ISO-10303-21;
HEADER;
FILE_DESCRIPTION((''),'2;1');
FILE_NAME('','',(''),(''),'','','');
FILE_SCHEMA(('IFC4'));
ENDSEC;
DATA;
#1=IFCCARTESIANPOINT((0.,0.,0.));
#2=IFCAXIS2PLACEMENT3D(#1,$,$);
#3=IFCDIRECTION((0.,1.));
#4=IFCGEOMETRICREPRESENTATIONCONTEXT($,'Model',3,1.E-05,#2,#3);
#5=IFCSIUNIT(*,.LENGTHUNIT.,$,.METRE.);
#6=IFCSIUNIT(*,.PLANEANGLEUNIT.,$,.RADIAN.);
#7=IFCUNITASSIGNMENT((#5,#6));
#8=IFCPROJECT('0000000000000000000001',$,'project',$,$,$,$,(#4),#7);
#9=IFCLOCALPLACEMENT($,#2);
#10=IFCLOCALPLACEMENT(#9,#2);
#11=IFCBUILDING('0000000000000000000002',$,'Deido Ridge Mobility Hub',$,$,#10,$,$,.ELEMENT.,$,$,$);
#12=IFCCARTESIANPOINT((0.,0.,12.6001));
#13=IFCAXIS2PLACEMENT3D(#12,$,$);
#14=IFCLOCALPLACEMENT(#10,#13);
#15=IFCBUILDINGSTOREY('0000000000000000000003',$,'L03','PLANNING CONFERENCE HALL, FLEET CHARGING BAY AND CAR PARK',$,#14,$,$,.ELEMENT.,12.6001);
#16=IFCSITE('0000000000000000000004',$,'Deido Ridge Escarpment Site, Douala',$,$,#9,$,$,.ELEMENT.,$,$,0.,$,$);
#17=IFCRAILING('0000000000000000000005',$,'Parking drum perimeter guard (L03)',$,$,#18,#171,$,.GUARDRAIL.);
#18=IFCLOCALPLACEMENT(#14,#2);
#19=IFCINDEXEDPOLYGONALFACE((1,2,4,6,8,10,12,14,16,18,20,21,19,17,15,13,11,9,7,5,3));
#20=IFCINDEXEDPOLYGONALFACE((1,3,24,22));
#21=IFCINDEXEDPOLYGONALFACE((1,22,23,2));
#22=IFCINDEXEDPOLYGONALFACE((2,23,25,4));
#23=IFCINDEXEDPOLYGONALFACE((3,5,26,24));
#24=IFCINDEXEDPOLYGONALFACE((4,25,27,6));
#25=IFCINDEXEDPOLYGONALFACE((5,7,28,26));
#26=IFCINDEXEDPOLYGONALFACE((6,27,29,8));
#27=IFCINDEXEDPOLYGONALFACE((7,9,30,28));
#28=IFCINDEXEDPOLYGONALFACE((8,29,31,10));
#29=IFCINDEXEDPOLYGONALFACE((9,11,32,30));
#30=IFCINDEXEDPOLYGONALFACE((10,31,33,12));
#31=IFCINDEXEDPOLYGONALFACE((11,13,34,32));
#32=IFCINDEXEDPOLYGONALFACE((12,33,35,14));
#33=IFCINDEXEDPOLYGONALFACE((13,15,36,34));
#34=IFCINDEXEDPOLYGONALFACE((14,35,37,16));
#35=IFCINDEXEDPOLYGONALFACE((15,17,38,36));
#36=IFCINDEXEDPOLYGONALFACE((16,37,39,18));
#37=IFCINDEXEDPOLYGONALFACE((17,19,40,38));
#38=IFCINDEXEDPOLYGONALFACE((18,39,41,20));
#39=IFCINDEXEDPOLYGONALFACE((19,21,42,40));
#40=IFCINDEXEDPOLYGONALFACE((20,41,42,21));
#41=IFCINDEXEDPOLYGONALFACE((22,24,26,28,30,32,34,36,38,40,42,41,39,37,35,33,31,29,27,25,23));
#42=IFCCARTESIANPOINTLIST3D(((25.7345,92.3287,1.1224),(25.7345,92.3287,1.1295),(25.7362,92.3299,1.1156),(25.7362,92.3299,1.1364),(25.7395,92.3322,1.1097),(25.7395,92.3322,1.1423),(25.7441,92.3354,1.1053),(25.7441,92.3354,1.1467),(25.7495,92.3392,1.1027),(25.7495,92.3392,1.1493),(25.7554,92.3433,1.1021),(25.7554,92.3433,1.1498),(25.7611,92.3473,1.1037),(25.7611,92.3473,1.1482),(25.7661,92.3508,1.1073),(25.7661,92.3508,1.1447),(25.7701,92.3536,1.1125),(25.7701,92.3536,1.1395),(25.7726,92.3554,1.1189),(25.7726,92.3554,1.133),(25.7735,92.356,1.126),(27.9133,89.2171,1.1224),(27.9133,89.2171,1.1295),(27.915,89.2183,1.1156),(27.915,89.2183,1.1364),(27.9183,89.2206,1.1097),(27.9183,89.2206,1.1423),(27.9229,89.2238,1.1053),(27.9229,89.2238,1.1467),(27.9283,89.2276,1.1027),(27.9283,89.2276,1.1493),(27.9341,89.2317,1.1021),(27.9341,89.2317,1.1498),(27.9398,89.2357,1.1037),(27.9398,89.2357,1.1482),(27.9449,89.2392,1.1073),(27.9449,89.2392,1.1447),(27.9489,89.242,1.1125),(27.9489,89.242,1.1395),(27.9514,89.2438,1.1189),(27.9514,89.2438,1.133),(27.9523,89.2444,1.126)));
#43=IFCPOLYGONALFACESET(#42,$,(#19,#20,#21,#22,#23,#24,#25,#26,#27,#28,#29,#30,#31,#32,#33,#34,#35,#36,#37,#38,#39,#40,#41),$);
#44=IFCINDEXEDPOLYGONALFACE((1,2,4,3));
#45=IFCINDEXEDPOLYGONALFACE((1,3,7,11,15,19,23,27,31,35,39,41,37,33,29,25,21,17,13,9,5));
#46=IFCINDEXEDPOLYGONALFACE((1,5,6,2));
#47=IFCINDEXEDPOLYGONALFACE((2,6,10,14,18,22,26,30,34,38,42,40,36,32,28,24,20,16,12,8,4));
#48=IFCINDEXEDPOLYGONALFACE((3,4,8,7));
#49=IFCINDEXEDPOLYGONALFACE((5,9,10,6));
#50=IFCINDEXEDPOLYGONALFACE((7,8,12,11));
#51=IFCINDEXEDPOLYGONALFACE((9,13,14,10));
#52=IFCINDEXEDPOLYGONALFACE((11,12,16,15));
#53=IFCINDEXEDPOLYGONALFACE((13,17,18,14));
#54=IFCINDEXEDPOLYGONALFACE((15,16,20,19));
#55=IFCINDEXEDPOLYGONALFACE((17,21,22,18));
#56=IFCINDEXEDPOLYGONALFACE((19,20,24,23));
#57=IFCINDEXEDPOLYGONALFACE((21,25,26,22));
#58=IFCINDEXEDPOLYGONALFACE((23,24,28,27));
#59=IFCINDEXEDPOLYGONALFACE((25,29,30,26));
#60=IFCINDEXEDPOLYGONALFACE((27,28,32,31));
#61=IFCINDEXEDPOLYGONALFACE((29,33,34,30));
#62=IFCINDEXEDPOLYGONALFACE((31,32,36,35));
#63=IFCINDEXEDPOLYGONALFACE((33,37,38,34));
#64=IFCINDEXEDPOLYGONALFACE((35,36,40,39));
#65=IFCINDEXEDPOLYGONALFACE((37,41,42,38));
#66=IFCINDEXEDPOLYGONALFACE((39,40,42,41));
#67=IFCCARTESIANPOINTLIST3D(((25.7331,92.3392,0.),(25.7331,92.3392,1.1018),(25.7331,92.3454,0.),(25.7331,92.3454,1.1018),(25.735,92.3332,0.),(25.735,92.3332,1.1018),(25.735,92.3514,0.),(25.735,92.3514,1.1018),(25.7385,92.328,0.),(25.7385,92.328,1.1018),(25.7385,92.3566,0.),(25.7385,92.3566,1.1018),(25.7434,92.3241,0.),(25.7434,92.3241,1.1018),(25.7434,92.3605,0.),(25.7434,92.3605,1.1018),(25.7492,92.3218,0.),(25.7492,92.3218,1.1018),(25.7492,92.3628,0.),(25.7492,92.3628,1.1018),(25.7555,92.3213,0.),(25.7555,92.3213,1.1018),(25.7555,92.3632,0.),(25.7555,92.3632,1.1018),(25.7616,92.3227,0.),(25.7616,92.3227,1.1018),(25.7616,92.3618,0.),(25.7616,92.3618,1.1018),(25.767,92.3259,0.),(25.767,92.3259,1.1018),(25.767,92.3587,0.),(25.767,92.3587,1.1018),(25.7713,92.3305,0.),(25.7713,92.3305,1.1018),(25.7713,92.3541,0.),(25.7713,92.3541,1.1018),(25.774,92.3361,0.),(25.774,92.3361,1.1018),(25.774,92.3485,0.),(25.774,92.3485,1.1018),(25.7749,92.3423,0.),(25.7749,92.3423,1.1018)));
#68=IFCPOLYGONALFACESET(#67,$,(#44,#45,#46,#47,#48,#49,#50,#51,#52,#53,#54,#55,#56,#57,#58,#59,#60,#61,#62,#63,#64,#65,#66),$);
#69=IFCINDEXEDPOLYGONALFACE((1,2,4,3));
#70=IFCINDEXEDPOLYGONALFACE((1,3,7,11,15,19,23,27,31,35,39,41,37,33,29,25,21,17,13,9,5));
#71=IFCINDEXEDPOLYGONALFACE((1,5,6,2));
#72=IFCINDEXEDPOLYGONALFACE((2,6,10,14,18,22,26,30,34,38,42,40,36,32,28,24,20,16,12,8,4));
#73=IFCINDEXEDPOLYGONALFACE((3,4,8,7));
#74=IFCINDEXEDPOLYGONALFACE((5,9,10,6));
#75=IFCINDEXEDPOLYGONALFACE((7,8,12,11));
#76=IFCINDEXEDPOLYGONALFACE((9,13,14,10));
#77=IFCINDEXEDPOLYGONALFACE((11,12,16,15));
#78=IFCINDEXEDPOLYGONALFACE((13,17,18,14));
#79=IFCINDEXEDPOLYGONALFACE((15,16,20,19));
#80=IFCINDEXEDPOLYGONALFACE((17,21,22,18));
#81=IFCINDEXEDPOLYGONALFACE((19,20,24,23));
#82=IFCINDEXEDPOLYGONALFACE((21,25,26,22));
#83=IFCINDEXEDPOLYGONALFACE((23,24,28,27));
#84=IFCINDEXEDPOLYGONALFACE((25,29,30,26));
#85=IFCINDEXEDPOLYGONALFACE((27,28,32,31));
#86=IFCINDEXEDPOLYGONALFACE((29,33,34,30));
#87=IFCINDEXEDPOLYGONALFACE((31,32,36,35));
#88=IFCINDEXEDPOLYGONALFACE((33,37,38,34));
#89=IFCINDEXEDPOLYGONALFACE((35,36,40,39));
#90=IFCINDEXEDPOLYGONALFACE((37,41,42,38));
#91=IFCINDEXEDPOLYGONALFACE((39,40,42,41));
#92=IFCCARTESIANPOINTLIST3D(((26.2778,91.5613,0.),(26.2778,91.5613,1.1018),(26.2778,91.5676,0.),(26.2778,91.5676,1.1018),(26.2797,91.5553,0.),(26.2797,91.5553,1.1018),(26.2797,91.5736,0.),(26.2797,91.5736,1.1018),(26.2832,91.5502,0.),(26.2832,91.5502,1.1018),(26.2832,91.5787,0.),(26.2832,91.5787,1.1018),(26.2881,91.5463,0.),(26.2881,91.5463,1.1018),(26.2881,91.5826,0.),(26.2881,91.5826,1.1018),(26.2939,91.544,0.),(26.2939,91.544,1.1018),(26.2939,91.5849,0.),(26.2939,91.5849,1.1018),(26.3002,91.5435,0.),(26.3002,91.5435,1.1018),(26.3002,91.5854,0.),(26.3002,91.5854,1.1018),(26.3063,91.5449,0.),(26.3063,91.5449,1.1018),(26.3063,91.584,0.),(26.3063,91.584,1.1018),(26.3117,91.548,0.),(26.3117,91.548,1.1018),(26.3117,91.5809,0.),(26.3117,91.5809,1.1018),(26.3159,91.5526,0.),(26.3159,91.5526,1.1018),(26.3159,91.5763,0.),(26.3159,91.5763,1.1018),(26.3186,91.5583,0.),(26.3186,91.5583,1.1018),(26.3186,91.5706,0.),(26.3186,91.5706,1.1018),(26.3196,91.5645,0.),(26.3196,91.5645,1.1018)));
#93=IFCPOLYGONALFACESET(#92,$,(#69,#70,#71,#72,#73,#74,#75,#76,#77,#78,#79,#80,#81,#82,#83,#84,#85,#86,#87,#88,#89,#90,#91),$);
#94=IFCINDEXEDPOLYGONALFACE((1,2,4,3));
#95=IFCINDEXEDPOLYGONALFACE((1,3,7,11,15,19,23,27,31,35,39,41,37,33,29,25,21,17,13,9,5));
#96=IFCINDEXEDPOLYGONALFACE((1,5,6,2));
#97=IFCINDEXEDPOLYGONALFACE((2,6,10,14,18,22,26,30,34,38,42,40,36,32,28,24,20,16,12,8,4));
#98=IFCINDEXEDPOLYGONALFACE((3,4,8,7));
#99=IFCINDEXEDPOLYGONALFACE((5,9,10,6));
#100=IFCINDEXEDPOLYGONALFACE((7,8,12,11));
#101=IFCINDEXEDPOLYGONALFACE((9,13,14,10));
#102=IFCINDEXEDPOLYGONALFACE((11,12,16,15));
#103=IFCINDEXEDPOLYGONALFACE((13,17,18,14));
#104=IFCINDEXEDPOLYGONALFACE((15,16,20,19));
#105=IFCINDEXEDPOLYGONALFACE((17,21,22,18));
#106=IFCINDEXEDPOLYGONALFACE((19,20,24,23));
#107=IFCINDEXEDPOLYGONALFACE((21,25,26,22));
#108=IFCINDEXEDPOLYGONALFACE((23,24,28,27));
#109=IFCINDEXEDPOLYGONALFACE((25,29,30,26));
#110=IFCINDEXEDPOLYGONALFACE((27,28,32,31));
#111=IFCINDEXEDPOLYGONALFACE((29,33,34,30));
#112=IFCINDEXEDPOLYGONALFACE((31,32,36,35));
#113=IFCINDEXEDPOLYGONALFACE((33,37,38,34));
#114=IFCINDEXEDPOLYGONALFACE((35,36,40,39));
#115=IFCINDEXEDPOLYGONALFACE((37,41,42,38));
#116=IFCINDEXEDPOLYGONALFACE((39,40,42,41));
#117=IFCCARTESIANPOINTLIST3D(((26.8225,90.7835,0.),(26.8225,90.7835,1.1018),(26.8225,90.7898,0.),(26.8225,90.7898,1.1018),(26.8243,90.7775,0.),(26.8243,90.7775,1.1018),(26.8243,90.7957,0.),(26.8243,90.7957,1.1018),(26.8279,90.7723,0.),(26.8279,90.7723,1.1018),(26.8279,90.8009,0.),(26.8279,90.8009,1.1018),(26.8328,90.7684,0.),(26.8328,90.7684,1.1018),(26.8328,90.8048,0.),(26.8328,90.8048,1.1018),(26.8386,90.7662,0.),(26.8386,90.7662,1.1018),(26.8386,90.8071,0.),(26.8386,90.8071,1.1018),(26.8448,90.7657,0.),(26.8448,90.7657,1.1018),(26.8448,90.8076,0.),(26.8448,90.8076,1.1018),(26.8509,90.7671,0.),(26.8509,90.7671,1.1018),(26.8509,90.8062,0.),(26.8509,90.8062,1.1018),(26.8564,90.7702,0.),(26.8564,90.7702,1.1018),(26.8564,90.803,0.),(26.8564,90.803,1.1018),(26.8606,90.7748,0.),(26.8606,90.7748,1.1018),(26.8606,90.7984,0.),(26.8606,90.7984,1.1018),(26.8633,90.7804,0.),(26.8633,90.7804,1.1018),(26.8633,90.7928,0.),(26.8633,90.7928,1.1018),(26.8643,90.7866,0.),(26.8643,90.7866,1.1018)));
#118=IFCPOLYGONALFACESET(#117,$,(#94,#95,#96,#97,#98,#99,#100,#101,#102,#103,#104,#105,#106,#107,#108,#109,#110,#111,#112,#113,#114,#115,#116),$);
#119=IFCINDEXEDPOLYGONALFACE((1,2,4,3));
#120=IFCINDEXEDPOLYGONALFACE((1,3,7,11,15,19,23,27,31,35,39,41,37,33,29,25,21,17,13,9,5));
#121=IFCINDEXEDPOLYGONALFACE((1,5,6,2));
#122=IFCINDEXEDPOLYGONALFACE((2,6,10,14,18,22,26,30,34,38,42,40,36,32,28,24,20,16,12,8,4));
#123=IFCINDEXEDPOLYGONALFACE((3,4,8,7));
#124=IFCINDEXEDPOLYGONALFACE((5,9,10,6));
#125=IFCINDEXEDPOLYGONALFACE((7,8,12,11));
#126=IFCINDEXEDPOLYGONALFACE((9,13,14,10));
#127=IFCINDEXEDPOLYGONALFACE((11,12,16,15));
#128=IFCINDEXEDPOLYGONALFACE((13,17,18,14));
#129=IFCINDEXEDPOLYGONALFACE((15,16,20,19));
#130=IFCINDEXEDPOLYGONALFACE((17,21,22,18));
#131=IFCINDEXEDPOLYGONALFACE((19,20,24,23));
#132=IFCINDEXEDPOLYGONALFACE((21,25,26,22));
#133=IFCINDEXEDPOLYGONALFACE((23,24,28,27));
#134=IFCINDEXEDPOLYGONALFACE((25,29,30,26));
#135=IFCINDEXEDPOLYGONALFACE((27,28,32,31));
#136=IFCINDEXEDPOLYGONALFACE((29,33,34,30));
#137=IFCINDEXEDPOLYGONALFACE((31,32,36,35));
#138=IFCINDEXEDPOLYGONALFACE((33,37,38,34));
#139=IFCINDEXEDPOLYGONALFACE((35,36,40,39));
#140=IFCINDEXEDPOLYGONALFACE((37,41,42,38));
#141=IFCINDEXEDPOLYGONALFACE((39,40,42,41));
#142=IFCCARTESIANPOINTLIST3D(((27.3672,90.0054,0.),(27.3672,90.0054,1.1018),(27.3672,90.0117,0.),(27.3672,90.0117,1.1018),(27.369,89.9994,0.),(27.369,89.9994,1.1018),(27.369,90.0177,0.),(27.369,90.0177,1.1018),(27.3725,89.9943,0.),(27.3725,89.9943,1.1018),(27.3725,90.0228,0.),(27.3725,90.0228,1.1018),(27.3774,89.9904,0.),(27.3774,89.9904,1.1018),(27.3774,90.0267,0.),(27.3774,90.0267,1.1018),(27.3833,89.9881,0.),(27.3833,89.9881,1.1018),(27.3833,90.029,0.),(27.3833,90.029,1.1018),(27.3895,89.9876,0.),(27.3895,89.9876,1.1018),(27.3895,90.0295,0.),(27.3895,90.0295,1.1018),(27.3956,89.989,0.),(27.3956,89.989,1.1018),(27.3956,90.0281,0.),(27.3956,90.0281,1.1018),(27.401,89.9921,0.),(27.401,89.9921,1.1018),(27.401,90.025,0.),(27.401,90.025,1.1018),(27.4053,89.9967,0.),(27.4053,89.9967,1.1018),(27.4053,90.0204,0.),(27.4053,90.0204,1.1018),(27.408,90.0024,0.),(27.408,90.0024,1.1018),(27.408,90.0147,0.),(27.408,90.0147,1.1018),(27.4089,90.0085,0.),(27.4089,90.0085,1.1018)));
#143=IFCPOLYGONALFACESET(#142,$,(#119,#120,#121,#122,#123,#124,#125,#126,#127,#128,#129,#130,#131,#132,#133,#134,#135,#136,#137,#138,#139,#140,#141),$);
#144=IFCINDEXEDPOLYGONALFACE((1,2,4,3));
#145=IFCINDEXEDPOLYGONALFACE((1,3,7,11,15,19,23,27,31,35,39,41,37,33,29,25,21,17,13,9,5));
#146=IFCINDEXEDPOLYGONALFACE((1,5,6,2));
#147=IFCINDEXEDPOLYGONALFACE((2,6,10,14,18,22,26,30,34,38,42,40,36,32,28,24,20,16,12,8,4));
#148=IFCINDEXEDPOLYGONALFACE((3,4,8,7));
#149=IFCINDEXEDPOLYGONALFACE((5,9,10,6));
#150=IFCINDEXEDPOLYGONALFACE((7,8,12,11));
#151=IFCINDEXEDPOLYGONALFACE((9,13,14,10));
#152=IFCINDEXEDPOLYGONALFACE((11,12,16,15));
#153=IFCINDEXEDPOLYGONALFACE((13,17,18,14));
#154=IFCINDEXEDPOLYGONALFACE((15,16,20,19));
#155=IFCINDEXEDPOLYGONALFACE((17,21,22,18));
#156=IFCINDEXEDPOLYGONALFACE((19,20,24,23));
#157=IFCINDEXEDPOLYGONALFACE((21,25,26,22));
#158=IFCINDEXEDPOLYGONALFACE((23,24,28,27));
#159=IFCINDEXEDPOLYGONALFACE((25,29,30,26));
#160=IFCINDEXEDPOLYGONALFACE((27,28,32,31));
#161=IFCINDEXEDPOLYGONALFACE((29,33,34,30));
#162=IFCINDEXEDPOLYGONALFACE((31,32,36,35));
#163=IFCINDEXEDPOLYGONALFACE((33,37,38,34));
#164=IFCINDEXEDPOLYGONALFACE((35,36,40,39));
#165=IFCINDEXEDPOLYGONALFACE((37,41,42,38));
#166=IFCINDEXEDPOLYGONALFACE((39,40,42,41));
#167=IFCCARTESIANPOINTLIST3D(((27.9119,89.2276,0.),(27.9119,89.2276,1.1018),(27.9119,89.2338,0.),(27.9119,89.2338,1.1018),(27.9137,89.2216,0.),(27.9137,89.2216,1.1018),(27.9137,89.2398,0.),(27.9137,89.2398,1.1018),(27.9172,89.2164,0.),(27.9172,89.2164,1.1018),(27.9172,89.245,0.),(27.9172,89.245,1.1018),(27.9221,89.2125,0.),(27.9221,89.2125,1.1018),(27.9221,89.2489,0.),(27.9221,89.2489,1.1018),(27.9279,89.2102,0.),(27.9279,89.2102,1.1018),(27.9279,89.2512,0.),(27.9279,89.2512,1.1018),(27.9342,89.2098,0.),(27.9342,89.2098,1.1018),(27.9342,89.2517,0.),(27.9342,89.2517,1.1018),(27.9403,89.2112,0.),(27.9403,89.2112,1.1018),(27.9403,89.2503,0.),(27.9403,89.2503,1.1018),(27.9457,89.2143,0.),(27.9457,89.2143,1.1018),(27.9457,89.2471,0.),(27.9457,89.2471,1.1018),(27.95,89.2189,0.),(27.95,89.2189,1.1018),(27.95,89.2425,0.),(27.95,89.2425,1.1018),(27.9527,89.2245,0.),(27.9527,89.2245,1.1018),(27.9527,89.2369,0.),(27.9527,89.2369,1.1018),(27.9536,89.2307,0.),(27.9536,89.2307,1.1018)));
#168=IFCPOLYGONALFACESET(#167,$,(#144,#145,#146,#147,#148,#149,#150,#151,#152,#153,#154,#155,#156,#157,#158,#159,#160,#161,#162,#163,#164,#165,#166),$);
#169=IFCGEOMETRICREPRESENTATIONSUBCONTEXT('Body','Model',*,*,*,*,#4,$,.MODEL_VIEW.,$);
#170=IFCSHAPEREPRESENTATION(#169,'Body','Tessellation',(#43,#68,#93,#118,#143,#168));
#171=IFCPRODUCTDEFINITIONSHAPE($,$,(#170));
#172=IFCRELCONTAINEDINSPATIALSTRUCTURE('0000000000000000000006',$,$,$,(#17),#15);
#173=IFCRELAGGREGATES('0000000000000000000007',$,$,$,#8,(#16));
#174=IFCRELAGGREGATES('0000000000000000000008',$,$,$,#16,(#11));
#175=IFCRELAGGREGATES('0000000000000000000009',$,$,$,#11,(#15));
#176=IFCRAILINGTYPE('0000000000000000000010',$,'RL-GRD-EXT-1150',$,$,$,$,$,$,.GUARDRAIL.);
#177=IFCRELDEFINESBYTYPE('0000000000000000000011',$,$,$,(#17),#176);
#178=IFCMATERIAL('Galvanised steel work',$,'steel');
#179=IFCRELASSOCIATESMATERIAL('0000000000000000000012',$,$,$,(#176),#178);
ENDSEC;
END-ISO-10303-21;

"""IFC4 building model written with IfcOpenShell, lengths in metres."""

from ifc_helpers import new_model, si_unit, direction, frame, origin, origin_2d, place, context, subcontext, project, spatial, circle, extrude, material, type_object, element, save


model = new_model("IFC4")

# Units and contexts
model_context = context("Model", 3, precision=1e-05, world=origin(), true_north=direction((0.0, 1.0)))
body_context = subcontext(model_context, "Body", "Model", "MODEL_VIEW")
ifc_project = project(units=[si_unit("LENGTHUNIT", "METRE"), si_unit("PLANEANGLEUNIT", "RADIAN")], contexts=[model_context])

# Site, building, storey
site_placement = place(None, origin())
site = spatial("IfcSite", under=ifc_project, at=site_placement, Name="Deido Ridge Escarpment Site, Douala", CompositionType="ELEMENT", RefElevation=0.0)
building_placement = place(site_placement, origin())
building = spatial("IfcBuilding", under=site, at=building_placement, Name="Deido Ridge Mobility Hub", CompositionType="ELEMENT")
storey_placement = place(building_placement, frame((0.0, 0.0, 12.6001)))
storey = spatial("IfcBuildingStorey", under=building, at=storey_placement, Name="L03", Description="PLANNING CONFERENCE HALL, FLEET CHARGING BAY AND CAR PARK", CompositionType="ELEMENT", Elevation=12.6001)

# Railing
ifc_material_1 = material(Name="Galvanised steel work", Category="steel")
railing_type = type_object("IfcRailingType", Name="RL-GRD-EXT-1150", PredefinedType="GUARDRAIL", material=ifc_material_1)
railing_1_placement = place(storey_placement, frame((25.7539, 92.3423, 0.0)))
element("IfcRailing", 1, at=railing_1_placement, inside=storey, type_object=railing_type, Name="Parking drum perimeter guard (L03)", PredefinedType="GUARDRAIL", context=body_context, shape_type="SweptSolid", body=[
    extrude(circle(Radius=0.0239, at=origin_2d()), frame((0.0, 0.0, 1.126), z_axis=(0.57357, -0.819156, 0.0), x_axis=(0.819156, 0.57357, 0.0)), (0.0, 0.0, 1.0), 3.7986),
    extrude(circle(Radius=0.021, at=origin_2d()), origin(), (0.0, 0.0, 1.0), 1.1018),
    extrude(circle(Radius=0.021, at=origin_2d()), frame((0.5447, -0.7778, 0.0)), (0.0, 0.0, 1.0), 1.1018),
    extrude(circle(Radius=0.021, at=origin_2d()), frame((1.0894, -1.5557, 0.0)), (0.0, 0.0, 1.0), 1.1018),
    extrude(circle(Radius=0.021, at=origin_2d()), frame((1.634, -2.3337, 0.0)), (0.0, 0.0, 1.0), 1.1018),
    extrude(circle(Radius=0.021, at=origin_2d()), frame((2.1787, -3.1116, 0.0)), (0.0, 0.0, 1.0), 1.1018),
])

save(model, "model.ifc")
